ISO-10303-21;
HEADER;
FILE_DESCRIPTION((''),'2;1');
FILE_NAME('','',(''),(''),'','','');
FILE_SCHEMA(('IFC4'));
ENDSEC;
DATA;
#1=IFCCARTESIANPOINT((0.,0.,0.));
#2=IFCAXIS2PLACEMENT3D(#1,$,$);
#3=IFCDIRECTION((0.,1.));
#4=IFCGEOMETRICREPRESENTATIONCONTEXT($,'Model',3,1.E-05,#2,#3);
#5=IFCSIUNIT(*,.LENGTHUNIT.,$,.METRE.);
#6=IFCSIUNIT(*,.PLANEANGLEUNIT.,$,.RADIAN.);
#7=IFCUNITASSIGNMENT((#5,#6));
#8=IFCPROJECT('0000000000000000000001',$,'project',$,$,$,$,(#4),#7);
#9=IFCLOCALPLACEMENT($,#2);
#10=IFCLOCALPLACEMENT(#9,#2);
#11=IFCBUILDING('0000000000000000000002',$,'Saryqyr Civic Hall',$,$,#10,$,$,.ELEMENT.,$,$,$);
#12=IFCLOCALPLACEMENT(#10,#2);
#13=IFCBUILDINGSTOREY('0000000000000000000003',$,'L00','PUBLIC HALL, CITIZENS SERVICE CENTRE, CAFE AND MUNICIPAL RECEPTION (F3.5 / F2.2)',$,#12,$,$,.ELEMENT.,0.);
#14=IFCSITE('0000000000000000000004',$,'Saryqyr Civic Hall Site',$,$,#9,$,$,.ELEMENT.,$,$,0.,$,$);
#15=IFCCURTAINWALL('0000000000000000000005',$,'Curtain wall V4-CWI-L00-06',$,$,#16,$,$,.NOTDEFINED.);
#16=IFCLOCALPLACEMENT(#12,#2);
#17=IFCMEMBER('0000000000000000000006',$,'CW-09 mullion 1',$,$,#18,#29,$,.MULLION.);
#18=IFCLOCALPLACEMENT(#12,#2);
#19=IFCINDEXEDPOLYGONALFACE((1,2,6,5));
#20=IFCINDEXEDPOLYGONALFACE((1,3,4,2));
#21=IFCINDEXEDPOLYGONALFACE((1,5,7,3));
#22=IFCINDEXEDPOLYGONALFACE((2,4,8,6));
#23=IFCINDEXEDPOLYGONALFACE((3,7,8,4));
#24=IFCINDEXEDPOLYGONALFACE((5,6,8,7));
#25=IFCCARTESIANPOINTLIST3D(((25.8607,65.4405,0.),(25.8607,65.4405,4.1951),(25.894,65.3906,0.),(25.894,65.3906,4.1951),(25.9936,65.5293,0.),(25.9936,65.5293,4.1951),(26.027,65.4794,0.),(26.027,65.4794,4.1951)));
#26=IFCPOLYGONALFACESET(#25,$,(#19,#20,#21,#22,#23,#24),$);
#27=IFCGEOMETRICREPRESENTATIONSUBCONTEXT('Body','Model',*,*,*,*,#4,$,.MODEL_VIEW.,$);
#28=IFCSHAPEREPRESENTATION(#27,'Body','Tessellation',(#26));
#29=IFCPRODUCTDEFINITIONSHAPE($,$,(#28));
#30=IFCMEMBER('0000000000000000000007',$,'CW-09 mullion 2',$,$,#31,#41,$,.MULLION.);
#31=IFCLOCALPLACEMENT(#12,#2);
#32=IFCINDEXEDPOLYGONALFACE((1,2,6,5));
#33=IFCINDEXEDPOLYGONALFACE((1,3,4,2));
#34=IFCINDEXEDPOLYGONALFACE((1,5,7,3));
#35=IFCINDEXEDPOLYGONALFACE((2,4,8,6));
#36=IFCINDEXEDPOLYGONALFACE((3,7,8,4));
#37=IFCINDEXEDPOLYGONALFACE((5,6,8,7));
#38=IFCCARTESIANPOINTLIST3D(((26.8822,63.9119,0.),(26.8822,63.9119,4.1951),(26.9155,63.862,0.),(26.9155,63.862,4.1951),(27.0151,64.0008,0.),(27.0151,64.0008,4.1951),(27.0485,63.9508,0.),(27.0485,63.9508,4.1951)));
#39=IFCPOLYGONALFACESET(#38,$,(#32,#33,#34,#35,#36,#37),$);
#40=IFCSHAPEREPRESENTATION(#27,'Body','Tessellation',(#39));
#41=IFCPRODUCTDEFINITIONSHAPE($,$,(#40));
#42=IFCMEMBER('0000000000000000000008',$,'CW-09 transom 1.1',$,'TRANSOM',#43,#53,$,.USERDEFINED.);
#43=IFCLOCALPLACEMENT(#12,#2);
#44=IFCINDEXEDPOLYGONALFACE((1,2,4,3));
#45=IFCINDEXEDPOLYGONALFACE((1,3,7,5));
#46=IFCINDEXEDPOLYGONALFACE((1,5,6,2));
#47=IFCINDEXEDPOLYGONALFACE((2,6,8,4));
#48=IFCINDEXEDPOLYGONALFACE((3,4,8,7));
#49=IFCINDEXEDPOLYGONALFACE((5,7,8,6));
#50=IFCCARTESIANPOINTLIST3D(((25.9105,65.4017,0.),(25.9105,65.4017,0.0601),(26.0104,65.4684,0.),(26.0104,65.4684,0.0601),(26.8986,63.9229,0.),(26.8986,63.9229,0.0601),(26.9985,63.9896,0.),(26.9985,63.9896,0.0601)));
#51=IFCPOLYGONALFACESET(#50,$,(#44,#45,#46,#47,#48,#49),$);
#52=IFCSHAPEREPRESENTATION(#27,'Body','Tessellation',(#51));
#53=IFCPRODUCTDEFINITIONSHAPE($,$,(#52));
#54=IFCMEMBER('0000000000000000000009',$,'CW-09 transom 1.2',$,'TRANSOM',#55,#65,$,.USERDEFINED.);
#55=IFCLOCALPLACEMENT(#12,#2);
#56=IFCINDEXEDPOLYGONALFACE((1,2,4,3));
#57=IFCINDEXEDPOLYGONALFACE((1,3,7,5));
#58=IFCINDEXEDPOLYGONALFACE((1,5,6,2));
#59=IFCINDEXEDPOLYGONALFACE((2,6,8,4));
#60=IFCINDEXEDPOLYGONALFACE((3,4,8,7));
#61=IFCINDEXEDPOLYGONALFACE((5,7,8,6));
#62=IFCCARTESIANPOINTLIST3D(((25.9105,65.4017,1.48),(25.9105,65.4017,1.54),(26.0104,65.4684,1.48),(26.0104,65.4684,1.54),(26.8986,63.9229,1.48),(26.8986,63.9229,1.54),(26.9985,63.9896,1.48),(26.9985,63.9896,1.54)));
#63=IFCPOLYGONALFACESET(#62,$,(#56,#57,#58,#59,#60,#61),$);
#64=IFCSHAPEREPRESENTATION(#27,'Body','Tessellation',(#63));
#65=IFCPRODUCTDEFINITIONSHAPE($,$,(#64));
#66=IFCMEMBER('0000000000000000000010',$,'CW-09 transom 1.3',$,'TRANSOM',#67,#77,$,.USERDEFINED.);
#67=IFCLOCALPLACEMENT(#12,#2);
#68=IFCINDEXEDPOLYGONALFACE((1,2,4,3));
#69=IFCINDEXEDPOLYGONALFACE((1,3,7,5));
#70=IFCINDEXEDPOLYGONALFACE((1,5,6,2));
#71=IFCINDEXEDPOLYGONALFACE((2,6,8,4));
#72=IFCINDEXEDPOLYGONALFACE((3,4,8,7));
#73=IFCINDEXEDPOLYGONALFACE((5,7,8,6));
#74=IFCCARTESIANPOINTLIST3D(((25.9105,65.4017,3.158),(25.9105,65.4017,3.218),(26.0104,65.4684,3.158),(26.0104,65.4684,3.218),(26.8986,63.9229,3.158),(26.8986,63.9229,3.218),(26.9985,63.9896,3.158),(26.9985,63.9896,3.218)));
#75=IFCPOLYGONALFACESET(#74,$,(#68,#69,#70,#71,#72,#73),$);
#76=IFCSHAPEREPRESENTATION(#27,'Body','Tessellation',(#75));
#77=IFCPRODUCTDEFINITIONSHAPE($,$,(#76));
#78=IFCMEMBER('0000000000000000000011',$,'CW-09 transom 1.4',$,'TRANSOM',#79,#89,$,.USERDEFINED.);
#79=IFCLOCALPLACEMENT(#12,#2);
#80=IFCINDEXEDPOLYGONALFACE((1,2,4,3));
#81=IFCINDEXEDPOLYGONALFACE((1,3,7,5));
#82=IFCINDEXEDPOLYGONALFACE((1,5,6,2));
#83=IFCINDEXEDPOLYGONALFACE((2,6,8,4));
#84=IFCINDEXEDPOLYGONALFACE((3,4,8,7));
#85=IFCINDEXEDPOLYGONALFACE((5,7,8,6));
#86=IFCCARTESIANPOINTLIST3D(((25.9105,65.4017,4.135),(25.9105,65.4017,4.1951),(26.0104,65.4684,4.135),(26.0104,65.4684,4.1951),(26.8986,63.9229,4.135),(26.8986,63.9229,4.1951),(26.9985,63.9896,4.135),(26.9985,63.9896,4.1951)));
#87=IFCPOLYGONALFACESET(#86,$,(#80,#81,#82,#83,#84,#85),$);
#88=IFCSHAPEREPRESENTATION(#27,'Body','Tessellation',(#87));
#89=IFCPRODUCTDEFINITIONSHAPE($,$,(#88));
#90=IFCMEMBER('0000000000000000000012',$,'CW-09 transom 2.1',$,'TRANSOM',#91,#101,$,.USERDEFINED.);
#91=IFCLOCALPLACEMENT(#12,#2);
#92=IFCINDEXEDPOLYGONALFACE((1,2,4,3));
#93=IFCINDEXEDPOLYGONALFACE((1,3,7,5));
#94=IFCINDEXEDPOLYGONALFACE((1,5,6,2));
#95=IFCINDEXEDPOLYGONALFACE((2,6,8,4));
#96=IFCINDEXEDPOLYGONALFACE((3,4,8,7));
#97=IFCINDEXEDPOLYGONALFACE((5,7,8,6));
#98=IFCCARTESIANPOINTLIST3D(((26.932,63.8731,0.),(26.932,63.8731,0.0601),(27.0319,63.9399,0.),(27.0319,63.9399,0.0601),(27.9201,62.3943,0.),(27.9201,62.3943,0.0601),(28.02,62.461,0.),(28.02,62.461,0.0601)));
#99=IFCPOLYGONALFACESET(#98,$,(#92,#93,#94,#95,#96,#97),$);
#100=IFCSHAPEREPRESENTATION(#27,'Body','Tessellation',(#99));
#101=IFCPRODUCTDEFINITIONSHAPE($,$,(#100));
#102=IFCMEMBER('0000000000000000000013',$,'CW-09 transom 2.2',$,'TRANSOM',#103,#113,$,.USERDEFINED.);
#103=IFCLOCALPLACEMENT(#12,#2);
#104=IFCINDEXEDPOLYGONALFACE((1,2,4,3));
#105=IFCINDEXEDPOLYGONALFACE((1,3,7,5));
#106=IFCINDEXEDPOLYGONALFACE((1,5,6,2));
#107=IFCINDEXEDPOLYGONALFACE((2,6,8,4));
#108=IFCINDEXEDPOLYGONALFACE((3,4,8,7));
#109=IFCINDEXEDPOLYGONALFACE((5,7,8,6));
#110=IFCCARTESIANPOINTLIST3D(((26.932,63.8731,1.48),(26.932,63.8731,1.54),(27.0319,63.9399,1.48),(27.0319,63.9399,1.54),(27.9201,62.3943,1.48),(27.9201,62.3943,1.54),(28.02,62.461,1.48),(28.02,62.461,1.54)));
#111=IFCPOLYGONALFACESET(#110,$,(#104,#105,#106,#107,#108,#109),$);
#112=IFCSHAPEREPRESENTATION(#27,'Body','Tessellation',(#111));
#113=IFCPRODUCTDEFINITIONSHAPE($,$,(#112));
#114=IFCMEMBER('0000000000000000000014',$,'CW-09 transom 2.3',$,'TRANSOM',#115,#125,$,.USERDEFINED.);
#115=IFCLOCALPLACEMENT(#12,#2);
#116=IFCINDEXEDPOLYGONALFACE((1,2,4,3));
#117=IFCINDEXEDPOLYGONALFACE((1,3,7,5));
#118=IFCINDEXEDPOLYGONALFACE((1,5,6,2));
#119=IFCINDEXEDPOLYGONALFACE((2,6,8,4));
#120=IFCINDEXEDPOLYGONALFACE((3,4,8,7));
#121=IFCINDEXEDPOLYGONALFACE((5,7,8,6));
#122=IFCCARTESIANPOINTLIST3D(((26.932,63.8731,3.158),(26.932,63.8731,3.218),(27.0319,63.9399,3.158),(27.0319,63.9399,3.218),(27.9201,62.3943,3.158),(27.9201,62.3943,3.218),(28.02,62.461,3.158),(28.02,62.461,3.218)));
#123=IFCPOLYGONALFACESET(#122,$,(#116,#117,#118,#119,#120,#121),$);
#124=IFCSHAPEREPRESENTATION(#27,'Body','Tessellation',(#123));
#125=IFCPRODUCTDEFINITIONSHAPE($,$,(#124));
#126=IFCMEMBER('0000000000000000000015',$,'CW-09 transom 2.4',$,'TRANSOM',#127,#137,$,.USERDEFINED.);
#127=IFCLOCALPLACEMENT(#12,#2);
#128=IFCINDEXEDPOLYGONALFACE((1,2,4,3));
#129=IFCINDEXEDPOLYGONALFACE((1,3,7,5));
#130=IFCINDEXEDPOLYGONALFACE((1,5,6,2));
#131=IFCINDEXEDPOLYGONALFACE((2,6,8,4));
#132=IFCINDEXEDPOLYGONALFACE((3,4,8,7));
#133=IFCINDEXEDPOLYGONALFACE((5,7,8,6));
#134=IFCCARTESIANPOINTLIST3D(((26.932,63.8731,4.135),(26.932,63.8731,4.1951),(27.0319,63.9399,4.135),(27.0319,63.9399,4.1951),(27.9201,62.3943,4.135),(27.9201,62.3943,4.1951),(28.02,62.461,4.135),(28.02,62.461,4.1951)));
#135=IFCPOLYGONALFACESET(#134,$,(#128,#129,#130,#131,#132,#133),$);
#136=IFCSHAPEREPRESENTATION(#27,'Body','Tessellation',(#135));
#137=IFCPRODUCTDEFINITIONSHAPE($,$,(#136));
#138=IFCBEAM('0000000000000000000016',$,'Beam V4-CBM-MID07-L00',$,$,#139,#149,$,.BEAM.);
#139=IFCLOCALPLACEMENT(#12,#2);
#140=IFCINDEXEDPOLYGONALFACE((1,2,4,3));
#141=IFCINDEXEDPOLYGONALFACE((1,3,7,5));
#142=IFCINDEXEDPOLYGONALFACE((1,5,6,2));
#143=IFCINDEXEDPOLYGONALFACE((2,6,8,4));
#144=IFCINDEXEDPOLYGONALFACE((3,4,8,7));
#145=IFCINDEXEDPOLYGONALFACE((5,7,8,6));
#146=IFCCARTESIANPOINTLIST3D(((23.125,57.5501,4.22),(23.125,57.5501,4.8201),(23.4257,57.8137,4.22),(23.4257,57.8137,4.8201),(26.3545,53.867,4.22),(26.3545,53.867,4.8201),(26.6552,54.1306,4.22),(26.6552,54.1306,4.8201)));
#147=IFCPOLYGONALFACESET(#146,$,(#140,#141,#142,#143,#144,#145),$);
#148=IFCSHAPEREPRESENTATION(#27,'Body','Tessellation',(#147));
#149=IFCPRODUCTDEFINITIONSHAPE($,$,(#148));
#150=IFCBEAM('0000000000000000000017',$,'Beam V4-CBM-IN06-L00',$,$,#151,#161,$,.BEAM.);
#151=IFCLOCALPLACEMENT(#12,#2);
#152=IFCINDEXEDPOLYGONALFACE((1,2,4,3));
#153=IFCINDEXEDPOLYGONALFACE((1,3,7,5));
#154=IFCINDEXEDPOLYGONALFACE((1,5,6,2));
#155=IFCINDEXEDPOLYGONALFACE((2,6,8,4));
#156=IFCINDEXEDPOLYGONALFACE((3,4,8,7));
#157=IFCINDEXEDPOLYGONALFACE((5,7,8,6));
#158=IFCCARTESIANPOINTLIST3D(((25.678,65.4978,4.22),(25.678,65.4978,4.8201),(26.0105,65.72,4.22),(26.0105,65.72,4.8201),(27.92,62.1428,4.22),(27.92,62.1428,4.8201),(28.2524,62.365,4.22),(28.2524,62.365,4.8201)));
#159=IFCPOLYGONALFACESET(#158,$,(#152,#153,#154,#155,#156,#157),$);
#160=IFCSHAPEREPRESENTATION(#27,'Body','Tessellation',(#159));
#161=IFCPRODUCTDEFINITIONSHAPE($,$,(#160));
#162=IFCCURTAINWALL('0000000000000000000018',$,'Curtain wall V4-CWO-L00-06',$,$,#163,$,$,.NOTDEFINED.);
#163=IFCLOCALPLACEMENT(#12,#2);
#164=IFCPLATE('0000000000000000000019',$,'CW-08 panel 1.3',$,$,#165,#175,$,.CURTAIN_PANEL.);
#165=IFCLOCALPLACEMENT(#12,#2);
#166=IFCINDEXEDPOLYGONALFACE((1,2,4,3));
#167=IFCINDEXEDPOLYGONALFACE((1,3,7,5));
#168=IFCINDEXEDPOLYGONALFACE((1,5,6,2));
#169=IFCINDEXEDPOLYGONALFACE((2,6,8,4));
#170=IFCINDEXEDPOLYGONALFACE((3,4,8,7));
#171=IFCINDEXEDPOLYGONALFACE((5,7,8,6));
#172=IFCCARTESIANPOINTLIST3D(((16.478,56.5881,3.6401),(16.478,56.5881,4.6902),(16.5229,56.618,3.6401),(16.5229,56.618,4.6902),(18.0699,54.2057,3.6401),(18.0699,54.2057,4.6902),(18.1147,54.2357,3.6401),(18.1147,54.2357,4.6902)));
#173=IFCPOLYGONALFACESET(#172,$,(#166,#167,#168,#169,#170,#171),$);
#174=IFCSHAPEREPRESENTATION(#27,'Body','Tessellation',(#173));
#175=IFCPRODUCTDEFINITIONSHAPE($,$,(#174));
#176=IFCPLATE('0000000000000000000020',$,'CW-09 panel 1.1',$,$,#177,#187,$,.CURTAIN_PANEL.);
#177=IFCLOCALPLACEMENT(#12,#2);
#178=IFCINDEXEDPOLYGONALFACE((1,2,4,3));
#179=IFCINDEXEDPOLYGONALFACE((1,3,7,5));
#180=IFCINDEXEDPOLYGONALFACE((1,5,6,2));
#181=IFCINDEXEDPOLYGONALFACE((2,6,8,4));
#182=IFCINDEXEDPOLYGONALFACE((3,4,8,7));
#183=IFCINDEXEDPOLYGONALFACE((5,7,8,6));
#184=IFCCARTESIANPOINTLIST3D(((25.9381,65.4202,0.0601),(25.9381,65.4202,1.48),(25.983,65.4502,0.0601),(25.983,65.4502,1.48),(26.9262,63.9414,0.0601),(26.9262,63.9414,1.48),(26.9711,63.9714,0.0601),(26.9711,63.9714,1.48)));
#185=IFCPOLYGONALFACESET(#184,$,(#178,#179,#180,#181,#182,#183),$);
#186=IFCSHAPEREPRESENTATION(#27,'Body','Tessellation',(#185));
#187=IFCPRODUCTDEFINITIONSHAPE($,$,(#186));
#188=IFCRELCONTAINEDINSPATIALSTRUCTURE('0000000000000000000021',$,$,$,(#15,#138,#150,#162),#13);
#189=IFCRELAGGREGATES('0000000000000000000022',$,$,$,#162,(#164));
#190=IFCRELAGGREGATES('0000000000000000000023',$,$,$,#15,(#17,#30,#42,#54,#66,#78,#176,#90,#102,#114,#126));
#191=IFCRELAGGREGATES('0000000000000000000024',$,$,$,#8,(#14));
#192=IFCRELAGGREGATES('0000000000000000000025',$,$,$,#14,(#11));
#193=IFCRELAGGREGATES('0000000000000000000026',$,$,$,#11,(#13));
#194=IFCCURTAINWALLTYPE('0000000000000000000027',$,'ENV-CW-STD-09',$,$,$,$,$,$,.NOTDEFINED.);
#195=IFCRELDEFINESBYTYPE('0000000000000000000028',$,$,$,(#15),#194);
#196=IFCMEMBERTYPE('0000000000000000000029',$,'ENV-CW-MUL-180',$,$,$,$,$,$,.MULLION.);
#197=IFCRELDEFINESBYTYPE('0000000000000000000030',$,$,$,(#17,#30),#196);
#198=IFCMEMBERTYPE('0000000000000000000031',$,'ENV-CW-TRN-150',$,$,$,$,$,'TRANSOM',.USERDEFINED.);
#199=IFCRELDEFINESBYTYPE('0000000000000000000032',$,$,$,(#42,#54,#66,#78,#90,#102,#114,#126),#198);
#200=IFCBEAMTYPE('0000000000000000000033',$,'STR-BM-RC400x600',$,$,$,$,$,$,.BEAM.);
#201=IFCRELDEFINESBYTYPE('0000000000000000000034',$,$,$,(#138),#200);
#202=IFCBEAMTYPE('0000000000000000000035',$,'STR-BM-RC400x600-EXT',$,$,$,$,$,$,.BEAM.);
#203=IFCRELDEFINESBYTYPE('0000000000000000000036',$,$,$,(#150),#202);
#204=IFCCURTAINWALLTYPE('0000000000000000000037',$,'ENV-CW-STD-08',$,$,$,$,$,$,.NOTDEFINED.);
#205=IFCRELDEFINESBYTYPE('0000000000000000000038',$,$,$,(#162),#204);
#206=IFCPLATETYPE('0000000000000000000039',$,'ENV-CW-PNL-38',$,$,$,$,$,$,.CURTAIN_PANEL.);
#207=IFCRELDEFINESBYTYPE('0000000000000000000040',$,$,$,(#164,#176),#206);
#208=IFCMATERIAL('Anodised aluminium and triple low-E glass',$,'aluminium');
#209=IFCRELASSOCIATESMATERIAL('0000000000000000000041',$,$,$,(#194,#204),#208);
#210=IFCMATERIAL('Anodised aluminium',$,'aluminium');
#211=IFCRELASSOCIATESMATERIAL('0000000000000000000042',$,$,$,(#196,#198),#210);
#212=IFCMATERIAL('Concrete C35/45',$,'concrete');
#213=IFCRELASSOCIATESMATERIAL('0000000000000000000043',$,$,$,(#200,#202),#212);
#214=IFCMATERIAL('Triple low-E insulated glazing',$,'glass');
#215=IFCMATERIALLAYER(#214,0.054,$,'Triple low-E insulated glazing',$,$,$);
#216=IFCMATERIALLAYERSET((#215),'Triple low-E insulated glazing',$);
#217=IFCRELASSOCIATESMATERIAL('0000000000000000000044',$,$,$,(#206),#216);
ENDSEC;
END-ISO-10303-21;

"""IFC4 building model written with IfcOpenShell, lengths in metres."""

from ifc_helpers import new_model, si_unit, direction, frame, origin, origin_2d, place, context, subcontext, project, spatial, rectangle, extrude, material, layer, layer_set, material_profile, profile_set, type_object, element, aggregate, save


model = new_model("IFC4")

# Units and contexts
model_context = context("Model", 3, precision=1e-05, world=origin(), true_north=direction((0.0, 1.0)))
body_context = subcontext(model_context, "Body", "Model", "MODEL_VIEW")
ifc_project = project(units=[si_unit("LENGTHUNIT", "METRE"), si_unit("PLANEANGLEUNIT", "RADIAN")], contexts=[model_context])

# Site, building, storey
site_placement = place(None, origin())
site = spatial("IfcSite", under=ifc_project, at=site_placement, Name="Saryqyr Civic Hall Site", CompositionType="ELEMENT", RefElevation=0.0)
building_placement = place(site_placement, origin())
building = spatial("IfcBuilding", under=site, at=building_placement, Name="Saryqyr Civic Hall", CompositionType="ELEMENT")
storey_placement = place(building_placement, origin())
storey = spatial("IfcBuildingStorey", under=building, at=storey_placement, Name="L00", Description="PUBLIC HALL, CITIZENS SERVICE CENTRE, CAFE AND MUNICIPAL RECEPTION (F3.5 / F2.2)", CompositionType="ELEMENT", Elevation=0.0)

# Curtain wall, members
ifc_material_1 = material(Name="Anodised aluminium and triple low-E glass", Category="aluminium")
curtain_wall_type_1 = type_object("IfcCurtainWallType", Name="ENV-CW-STD-09", PredefinedType="NOTDEFINED", material=ifc_material_1)
curtain_wall_1_placement = place(storey_placement, origin())
curtain_wall_1 = element("IfcCurtainWall", 1, at=curtain_wall_1_placement, inside=storey, type_object=curtain_wall_type_1, Name="Curtain wall V4-CWI-L00-06", PredefinedType="NOTDEFINED")
ifc_material_2 = material(Name="Anodised aluminium", Category="aluminium")
ifc_material_profile_1 = material_profile(ifc_material_2, rectangle(XDim=0.0601, YDim=0.1599, at=origin_2d()), Name="ALU MULLION 60x160")
ifc_profile_set_1 = profile_set([ifc_material_profile_1], Name="Anodised aluminium")
member_type_1 = type_object("IfcMemberType", Name="ENV-CW-MUL-180", PredefinedType="MULLION", material=ifc_profile_set_1)
member_1_placement = place(storey_placement, frame((25.9438, 65.46, 0.0), z_axis=(0.0, 0.0, 1.0), x_axis=(0.555558, -0.831478, 0.0)))
member_1 = element("IfcMember", 2, at=member_1_placement, type_object=member_type_1, Name="CW-09 mullion 1", PredefinedType="MULLION", context=body_context, shape_type="SweptSolid", body=[
    extrude(rectangle(XDim=0.0601, YDim=0.1599, at=origin_2d()), origin(), (0.0, 0.0, 1.0), 4.1951),
])
member_2_placement = place(storey_placement, frame((26.9653, 63.9314, 0.0), z_axis=(0.0, 0.0, 1.0), x_axis=(0.555558, -0.831478, 0.0)))
member_2 = element("IfcMember", 3, at=member_2_placement, type_object=member_type_1, Name="CW-09 mullion 2", PredefinedType="MULLION", context=body_context, shape_type="SweptSolid", body=[
    extrude(rectangle(XDim=0.0601, YDim=0.1599, at=origin_2d()), origin(), (0.0, 0.0, 1.0), 4.1951),
])
ifc_material_profile_2 = material_profile(ifc_material_2, rectangle(XDim=0.1201, YDim=0.0601, at=origin_2d()), Name="ALU TRANSOM 120x60")
ifc_profile_set_2 = profile_set([ifc_material_profile_2], Name="Anodised aluminium")
member_type_2 = type_object("IfcMemberType", Name="ENV-CW-TRN-150", ElementType="TRANSOM", PredefinedType="USERDEFINED", material=ifc_profile_set_2)
member_3_placement = place(storey_placement, frame((25.9604, 65.4351, 0.03), z_axis=(0.555555, -0.83148, 0.0), x_axis=(0.83148, 0.555555, 0.0)))
member_3 = element("IfcMember", 4, at=member_3_placement, type_object=member_type_2, Name="CW-09 transom 1.1", ObjectType="TRANSOM", PredefinedType="USERDEFINED", context=body_context, shape_type="SweptSolid", body=[
    extrude(rectangle(XDim=0.1201, YDim=0.0601, at=origin_2d()), origin(), (0.0, 0.0, 1.0), 1.7786),
])
member_4_placement = place(storey_placement, frame((25.9604, 65.4351, 1.51), z_axis=(0.555555, -0.83148, 0.0), x_axis=(0.83148, 0.555555, 0.0)))
member_4 = element("IfcMember", 5, at=member_4_placement, type_object=member_type_2, Name="CW-09 transom 1.2", ObjectType="TRANSOM", PredefinedType="USERDEFINED", context=body_context, shape_type="SweptSolid", body=[
    extrude(rectangle(XDim=0.1201, YDim=0.0601, at=origin_2d()), origin(), (0.0, 0.0, 1.0), 1.7786),
])
member_5_placement = place(storey_placement, frame((25.9604, 65.4351, 3.188), z_axis=(0.555555, -0.83148, 0.0), x_axis=(0.83148, 0.555555, 0.0)))
member_5 = element("IfcMember", 6, at=member_5_placement, type_object=member_type_2, Name="CW-09 transom 1.3", ObjectType="TRANSOM", PredefinedType="USERDEFINED", context=body_context, shape_type="SweptSolid", body=[
    extrude(rectangle(XDim=0.1201, YDim=0.0601, at=origin_2d()), origin(), (0.0, 0.0, 1.0), 1.7786),
])
member_6_placement = place(storey_placement, frame((25.9604, 65.4351, 4.165), z_axis=(0.555555, -0.83148, 0.0), x_axis=(0.83148, 0.555555, 0.0)))
member_6 = element("IfcMember", 7, at=member_6_placement, type_object=member_type_2, Name="CW-09 transom 1.4", ObjectType="TRANSOM", PredefinedType="USERDEFINED", context=body_context, shape_type="SweptSolid", body=[
    extrude(rectangle(XDim=0.1201, YDim=0.0601, at=origin_2d()), origin(), (0.0, 0.0, 1.0), 1.7786),
])
member_7_placement = place(storey_placement, frame((26.9819, 63.9065, 0.03), z_axis=(0.555555, -0.83148, 0.0), x_axis=(0.83148, 0.555555, 0.0)))
member_7 = element("IfcMember", 8, at=member_7_placement, type_object=member_type_2, Name="CW-09 transom 2.1", ObjectType="TRANSOM", PredefinedType="USERDEFINED", context=body_context, shape_type="SweptSolid", body=[
    extrude(rectangle(XDim=0.1201, YDim=0.0601, at=origin_2d()), origin(), (0.0, 0.0, 1.0), 1.7786),
])
member_8_placement = place(storey_placement, frame((26.9819, 63.9065, 1.51), z_axis=(0.555555, -0.83148, 0.0), x_axis=(0.83148, 0.555555, 0.0)))
member_8 = element("IfcMember", 9, at=member_8_placement, type_object=member_type_2, Name="CW-09 transom 2.2", ObjectType="TRANSOM", PredefinedType="USERDEFINED", context=body_context, shape_type="SweptSolid", body=[
    extrude(rectangle(XDim=0.1201, YDim=0.0601, at=origin_2d()), origin(), (0.0, 0.0, 1.0), 1.7786),
])
member_9_placement = place(storey_placement, frame((26.9819, 63.9065, 3.188), z_axis=(0.555555, -0.83148, 0.0), x_axis=(0.83148, 0.555555, 0.0)))
member_9 = element("IfcMember", 10, at=member_9_placement, type_object=member_type_2, Name="CW-09 transom 2.3", ObjectType="TRANSOM", PredefinedType="USERDEFINED", context=body_context, shape_type="SweptSolid", body=[
    extrude(rectangle(XDim=0.1201, YDim=0.0601, at=origin_2d()), origin(), (0.0, 0.0, 1.0), 1.7786),
])
member_10_placement = place(storey_placement, frame((26.9819, 63.9065, 4.165), z_axis=(0.555555, -0.83148, 0.0), x_axis=(0.83148, 0.555555, 0.0)))
member_10 = element("IfcMember", 11, at=member_10_placement, type_object=member_type_2, Name="CW-09 transom 2.4", ObjectType="TRANSOM", PredefinedType="USERDEFINED", context=body_context, shape_type="SweptSolid", body=[
    extrude(rectangle(XDim=0.1201, YDim=0.0601, at=origin_2d()), origin(), (0.0, 0.0, 1.0), 1.7786),
])

# Beams
ifc_material_3 = material(Name="Concrete C35/45", Category="concrete")
ifc_material_profile_3 = material_profile(ifc_material_3, rectangle(XDim=0.3999, YDim=0.6001, at=origin_2d()), Name="RC 400x600")
ifc_profile_set_3 = profile_set([ifc_material_profile_3], Name="Concrete C35/45")
beam_type_1 = type_object("IfcBeamType", Name="STR-BM-RC400x600", PredefinedType="BEAM", material=ifc_profile_set_3)
beam_1_placement = place(storey_placement, frame((23.2754, 57.6819, 4.52), z_axis=(0.659288, -0.751891, 0.0), x_axis=(0.751891, 0.659288, 0.0)))
element("IfcBeam", 12, at=beam_1_placement, inside=storey, type_object=beam_type_1, Name="Beam V4-CBM-MID07-L00", PredefinedType="BEAM", context=body_context, shape_type="SweptSolid", body=[
    extrude(rectangle(XDim=0.3999, YDim=0.6001, at=origin_2d()), origin(), (0.0, 0.0, 1.0), 4.8984),
])
ifc_material_profile_4 = material_profile(ifc_material_3, rectangle(XDim=0.3999, YDim=0.6001, at=origin_2d()), Name="RC 400x600")
ifc_profile_set_4 = profile_set([ifc_material_profile_4], Name="Concrete C35/45")
beam_type_2 = type_object("IfcBeamType", Name="STR-BM-RC400x600-EXT", PredefinedType="BEAM", material=ifc_profile_set_4)
beam_2_placement = place(storey_placement, frame((25.8442, 65.6089, 4.52), z_axis=(0.555607, -0.831445, 0.0), x_axis=(0.831445, 0.555607, 0.0)))
element("IfcBeam", 13, at=beam_2_placement, inside=storey, type_object=beam_type_2, Name="Beam V4-CBM-IN06-L00", PredefinedType="BEAM", context=body_context, shape_type="SweptSolid", body=[
    extrude(rectangle(XDim=0.3999, YDim=0.6001, at=origin_2d()), origin(), (0.0, 0.0, 1.0), 4.0352),
])

# Curtain wall, plate
curtain_wall_type_2 = type_object("IfcCurtainWallType", Name="ENV-CW-STD-08", PredefinedType="NOTDEFINED", material=ifc_material_1)
curtain_wall_2_placement = place(storey_placement, origin())
curtain_wall_2 = element("IfcCurtainWall", 14, at=curtain_wall_2_placement, inside=storey, type_object=curtain_wall_type_2, Name="Curtain wall V4-CWO-L00-06", PredefinedType="NOTDEFINED")
ifc_material_4 = material(Name="Triple low-E insulated glazing", Category="glass")
ifc_layer_1 = layer(ifc_material_4, 0.054, Name="Triple low-E insulated glazing")
ifc_layer_set_1 = layer_set([ifc_layer_1], Name="Triple low-E insulated glazing")
plate_type = type_object("IfcPlateType", Name="ENV-CW-PNL-38", PredefinedType="CURTAIN_PANEL", material=ifc_layer_set_1)
plate_1_placement = place(storey_placement, frame((17.2964, 55.4119, 3.6401), z_axis=(0.0, 0.0, 1.0), x_axis=(-0.555567, 0.831472, 0.0)))
plate_1 = element("IfcPlate", 15, at=plate_1_placement, type_object=plate_type, Name="CW-08 panel 1.3", PredefinedType="CURTAIN_PANEL", context=body_context, shape_type="SweptSolid", body=[
    extrude(rectangle(XDim=2.8652, YDim=0.054, at=origin_2d()), origin(), (0.0, 0.0, 1.0), 1.05),
])
aggregate(curtain_wall_2, [plate_1])

# Plate
plate_2_placement = place(storey_placement, frame((26.4546, 64.6958, 0.0601), z_axis=(0.0, 0.0, 1.0), x_axis=(0.555558, -0.831478, 0.0)))
plate_2 = element("IfcPlate", 16, at=plate_2_placement, type_object=plate_type, Name="CW-09 panel 1.1", PredefinedType="CURTAIN_PANEL", context=body_context, shape_type="SweptSolid", body=[
    extrude(rectangle(XDim=1.7786, YDim=0.054, at=origin_2d()), origin(), (0.0, 0.0, 1.0), 1.4199),
])
aggregate(curtain_wall_1, [member_1, member_2, member_3, member_4, member_5, member_6, plate_2, member_7, member_8, member_9, member_10])

save(model, "model.ifc")
